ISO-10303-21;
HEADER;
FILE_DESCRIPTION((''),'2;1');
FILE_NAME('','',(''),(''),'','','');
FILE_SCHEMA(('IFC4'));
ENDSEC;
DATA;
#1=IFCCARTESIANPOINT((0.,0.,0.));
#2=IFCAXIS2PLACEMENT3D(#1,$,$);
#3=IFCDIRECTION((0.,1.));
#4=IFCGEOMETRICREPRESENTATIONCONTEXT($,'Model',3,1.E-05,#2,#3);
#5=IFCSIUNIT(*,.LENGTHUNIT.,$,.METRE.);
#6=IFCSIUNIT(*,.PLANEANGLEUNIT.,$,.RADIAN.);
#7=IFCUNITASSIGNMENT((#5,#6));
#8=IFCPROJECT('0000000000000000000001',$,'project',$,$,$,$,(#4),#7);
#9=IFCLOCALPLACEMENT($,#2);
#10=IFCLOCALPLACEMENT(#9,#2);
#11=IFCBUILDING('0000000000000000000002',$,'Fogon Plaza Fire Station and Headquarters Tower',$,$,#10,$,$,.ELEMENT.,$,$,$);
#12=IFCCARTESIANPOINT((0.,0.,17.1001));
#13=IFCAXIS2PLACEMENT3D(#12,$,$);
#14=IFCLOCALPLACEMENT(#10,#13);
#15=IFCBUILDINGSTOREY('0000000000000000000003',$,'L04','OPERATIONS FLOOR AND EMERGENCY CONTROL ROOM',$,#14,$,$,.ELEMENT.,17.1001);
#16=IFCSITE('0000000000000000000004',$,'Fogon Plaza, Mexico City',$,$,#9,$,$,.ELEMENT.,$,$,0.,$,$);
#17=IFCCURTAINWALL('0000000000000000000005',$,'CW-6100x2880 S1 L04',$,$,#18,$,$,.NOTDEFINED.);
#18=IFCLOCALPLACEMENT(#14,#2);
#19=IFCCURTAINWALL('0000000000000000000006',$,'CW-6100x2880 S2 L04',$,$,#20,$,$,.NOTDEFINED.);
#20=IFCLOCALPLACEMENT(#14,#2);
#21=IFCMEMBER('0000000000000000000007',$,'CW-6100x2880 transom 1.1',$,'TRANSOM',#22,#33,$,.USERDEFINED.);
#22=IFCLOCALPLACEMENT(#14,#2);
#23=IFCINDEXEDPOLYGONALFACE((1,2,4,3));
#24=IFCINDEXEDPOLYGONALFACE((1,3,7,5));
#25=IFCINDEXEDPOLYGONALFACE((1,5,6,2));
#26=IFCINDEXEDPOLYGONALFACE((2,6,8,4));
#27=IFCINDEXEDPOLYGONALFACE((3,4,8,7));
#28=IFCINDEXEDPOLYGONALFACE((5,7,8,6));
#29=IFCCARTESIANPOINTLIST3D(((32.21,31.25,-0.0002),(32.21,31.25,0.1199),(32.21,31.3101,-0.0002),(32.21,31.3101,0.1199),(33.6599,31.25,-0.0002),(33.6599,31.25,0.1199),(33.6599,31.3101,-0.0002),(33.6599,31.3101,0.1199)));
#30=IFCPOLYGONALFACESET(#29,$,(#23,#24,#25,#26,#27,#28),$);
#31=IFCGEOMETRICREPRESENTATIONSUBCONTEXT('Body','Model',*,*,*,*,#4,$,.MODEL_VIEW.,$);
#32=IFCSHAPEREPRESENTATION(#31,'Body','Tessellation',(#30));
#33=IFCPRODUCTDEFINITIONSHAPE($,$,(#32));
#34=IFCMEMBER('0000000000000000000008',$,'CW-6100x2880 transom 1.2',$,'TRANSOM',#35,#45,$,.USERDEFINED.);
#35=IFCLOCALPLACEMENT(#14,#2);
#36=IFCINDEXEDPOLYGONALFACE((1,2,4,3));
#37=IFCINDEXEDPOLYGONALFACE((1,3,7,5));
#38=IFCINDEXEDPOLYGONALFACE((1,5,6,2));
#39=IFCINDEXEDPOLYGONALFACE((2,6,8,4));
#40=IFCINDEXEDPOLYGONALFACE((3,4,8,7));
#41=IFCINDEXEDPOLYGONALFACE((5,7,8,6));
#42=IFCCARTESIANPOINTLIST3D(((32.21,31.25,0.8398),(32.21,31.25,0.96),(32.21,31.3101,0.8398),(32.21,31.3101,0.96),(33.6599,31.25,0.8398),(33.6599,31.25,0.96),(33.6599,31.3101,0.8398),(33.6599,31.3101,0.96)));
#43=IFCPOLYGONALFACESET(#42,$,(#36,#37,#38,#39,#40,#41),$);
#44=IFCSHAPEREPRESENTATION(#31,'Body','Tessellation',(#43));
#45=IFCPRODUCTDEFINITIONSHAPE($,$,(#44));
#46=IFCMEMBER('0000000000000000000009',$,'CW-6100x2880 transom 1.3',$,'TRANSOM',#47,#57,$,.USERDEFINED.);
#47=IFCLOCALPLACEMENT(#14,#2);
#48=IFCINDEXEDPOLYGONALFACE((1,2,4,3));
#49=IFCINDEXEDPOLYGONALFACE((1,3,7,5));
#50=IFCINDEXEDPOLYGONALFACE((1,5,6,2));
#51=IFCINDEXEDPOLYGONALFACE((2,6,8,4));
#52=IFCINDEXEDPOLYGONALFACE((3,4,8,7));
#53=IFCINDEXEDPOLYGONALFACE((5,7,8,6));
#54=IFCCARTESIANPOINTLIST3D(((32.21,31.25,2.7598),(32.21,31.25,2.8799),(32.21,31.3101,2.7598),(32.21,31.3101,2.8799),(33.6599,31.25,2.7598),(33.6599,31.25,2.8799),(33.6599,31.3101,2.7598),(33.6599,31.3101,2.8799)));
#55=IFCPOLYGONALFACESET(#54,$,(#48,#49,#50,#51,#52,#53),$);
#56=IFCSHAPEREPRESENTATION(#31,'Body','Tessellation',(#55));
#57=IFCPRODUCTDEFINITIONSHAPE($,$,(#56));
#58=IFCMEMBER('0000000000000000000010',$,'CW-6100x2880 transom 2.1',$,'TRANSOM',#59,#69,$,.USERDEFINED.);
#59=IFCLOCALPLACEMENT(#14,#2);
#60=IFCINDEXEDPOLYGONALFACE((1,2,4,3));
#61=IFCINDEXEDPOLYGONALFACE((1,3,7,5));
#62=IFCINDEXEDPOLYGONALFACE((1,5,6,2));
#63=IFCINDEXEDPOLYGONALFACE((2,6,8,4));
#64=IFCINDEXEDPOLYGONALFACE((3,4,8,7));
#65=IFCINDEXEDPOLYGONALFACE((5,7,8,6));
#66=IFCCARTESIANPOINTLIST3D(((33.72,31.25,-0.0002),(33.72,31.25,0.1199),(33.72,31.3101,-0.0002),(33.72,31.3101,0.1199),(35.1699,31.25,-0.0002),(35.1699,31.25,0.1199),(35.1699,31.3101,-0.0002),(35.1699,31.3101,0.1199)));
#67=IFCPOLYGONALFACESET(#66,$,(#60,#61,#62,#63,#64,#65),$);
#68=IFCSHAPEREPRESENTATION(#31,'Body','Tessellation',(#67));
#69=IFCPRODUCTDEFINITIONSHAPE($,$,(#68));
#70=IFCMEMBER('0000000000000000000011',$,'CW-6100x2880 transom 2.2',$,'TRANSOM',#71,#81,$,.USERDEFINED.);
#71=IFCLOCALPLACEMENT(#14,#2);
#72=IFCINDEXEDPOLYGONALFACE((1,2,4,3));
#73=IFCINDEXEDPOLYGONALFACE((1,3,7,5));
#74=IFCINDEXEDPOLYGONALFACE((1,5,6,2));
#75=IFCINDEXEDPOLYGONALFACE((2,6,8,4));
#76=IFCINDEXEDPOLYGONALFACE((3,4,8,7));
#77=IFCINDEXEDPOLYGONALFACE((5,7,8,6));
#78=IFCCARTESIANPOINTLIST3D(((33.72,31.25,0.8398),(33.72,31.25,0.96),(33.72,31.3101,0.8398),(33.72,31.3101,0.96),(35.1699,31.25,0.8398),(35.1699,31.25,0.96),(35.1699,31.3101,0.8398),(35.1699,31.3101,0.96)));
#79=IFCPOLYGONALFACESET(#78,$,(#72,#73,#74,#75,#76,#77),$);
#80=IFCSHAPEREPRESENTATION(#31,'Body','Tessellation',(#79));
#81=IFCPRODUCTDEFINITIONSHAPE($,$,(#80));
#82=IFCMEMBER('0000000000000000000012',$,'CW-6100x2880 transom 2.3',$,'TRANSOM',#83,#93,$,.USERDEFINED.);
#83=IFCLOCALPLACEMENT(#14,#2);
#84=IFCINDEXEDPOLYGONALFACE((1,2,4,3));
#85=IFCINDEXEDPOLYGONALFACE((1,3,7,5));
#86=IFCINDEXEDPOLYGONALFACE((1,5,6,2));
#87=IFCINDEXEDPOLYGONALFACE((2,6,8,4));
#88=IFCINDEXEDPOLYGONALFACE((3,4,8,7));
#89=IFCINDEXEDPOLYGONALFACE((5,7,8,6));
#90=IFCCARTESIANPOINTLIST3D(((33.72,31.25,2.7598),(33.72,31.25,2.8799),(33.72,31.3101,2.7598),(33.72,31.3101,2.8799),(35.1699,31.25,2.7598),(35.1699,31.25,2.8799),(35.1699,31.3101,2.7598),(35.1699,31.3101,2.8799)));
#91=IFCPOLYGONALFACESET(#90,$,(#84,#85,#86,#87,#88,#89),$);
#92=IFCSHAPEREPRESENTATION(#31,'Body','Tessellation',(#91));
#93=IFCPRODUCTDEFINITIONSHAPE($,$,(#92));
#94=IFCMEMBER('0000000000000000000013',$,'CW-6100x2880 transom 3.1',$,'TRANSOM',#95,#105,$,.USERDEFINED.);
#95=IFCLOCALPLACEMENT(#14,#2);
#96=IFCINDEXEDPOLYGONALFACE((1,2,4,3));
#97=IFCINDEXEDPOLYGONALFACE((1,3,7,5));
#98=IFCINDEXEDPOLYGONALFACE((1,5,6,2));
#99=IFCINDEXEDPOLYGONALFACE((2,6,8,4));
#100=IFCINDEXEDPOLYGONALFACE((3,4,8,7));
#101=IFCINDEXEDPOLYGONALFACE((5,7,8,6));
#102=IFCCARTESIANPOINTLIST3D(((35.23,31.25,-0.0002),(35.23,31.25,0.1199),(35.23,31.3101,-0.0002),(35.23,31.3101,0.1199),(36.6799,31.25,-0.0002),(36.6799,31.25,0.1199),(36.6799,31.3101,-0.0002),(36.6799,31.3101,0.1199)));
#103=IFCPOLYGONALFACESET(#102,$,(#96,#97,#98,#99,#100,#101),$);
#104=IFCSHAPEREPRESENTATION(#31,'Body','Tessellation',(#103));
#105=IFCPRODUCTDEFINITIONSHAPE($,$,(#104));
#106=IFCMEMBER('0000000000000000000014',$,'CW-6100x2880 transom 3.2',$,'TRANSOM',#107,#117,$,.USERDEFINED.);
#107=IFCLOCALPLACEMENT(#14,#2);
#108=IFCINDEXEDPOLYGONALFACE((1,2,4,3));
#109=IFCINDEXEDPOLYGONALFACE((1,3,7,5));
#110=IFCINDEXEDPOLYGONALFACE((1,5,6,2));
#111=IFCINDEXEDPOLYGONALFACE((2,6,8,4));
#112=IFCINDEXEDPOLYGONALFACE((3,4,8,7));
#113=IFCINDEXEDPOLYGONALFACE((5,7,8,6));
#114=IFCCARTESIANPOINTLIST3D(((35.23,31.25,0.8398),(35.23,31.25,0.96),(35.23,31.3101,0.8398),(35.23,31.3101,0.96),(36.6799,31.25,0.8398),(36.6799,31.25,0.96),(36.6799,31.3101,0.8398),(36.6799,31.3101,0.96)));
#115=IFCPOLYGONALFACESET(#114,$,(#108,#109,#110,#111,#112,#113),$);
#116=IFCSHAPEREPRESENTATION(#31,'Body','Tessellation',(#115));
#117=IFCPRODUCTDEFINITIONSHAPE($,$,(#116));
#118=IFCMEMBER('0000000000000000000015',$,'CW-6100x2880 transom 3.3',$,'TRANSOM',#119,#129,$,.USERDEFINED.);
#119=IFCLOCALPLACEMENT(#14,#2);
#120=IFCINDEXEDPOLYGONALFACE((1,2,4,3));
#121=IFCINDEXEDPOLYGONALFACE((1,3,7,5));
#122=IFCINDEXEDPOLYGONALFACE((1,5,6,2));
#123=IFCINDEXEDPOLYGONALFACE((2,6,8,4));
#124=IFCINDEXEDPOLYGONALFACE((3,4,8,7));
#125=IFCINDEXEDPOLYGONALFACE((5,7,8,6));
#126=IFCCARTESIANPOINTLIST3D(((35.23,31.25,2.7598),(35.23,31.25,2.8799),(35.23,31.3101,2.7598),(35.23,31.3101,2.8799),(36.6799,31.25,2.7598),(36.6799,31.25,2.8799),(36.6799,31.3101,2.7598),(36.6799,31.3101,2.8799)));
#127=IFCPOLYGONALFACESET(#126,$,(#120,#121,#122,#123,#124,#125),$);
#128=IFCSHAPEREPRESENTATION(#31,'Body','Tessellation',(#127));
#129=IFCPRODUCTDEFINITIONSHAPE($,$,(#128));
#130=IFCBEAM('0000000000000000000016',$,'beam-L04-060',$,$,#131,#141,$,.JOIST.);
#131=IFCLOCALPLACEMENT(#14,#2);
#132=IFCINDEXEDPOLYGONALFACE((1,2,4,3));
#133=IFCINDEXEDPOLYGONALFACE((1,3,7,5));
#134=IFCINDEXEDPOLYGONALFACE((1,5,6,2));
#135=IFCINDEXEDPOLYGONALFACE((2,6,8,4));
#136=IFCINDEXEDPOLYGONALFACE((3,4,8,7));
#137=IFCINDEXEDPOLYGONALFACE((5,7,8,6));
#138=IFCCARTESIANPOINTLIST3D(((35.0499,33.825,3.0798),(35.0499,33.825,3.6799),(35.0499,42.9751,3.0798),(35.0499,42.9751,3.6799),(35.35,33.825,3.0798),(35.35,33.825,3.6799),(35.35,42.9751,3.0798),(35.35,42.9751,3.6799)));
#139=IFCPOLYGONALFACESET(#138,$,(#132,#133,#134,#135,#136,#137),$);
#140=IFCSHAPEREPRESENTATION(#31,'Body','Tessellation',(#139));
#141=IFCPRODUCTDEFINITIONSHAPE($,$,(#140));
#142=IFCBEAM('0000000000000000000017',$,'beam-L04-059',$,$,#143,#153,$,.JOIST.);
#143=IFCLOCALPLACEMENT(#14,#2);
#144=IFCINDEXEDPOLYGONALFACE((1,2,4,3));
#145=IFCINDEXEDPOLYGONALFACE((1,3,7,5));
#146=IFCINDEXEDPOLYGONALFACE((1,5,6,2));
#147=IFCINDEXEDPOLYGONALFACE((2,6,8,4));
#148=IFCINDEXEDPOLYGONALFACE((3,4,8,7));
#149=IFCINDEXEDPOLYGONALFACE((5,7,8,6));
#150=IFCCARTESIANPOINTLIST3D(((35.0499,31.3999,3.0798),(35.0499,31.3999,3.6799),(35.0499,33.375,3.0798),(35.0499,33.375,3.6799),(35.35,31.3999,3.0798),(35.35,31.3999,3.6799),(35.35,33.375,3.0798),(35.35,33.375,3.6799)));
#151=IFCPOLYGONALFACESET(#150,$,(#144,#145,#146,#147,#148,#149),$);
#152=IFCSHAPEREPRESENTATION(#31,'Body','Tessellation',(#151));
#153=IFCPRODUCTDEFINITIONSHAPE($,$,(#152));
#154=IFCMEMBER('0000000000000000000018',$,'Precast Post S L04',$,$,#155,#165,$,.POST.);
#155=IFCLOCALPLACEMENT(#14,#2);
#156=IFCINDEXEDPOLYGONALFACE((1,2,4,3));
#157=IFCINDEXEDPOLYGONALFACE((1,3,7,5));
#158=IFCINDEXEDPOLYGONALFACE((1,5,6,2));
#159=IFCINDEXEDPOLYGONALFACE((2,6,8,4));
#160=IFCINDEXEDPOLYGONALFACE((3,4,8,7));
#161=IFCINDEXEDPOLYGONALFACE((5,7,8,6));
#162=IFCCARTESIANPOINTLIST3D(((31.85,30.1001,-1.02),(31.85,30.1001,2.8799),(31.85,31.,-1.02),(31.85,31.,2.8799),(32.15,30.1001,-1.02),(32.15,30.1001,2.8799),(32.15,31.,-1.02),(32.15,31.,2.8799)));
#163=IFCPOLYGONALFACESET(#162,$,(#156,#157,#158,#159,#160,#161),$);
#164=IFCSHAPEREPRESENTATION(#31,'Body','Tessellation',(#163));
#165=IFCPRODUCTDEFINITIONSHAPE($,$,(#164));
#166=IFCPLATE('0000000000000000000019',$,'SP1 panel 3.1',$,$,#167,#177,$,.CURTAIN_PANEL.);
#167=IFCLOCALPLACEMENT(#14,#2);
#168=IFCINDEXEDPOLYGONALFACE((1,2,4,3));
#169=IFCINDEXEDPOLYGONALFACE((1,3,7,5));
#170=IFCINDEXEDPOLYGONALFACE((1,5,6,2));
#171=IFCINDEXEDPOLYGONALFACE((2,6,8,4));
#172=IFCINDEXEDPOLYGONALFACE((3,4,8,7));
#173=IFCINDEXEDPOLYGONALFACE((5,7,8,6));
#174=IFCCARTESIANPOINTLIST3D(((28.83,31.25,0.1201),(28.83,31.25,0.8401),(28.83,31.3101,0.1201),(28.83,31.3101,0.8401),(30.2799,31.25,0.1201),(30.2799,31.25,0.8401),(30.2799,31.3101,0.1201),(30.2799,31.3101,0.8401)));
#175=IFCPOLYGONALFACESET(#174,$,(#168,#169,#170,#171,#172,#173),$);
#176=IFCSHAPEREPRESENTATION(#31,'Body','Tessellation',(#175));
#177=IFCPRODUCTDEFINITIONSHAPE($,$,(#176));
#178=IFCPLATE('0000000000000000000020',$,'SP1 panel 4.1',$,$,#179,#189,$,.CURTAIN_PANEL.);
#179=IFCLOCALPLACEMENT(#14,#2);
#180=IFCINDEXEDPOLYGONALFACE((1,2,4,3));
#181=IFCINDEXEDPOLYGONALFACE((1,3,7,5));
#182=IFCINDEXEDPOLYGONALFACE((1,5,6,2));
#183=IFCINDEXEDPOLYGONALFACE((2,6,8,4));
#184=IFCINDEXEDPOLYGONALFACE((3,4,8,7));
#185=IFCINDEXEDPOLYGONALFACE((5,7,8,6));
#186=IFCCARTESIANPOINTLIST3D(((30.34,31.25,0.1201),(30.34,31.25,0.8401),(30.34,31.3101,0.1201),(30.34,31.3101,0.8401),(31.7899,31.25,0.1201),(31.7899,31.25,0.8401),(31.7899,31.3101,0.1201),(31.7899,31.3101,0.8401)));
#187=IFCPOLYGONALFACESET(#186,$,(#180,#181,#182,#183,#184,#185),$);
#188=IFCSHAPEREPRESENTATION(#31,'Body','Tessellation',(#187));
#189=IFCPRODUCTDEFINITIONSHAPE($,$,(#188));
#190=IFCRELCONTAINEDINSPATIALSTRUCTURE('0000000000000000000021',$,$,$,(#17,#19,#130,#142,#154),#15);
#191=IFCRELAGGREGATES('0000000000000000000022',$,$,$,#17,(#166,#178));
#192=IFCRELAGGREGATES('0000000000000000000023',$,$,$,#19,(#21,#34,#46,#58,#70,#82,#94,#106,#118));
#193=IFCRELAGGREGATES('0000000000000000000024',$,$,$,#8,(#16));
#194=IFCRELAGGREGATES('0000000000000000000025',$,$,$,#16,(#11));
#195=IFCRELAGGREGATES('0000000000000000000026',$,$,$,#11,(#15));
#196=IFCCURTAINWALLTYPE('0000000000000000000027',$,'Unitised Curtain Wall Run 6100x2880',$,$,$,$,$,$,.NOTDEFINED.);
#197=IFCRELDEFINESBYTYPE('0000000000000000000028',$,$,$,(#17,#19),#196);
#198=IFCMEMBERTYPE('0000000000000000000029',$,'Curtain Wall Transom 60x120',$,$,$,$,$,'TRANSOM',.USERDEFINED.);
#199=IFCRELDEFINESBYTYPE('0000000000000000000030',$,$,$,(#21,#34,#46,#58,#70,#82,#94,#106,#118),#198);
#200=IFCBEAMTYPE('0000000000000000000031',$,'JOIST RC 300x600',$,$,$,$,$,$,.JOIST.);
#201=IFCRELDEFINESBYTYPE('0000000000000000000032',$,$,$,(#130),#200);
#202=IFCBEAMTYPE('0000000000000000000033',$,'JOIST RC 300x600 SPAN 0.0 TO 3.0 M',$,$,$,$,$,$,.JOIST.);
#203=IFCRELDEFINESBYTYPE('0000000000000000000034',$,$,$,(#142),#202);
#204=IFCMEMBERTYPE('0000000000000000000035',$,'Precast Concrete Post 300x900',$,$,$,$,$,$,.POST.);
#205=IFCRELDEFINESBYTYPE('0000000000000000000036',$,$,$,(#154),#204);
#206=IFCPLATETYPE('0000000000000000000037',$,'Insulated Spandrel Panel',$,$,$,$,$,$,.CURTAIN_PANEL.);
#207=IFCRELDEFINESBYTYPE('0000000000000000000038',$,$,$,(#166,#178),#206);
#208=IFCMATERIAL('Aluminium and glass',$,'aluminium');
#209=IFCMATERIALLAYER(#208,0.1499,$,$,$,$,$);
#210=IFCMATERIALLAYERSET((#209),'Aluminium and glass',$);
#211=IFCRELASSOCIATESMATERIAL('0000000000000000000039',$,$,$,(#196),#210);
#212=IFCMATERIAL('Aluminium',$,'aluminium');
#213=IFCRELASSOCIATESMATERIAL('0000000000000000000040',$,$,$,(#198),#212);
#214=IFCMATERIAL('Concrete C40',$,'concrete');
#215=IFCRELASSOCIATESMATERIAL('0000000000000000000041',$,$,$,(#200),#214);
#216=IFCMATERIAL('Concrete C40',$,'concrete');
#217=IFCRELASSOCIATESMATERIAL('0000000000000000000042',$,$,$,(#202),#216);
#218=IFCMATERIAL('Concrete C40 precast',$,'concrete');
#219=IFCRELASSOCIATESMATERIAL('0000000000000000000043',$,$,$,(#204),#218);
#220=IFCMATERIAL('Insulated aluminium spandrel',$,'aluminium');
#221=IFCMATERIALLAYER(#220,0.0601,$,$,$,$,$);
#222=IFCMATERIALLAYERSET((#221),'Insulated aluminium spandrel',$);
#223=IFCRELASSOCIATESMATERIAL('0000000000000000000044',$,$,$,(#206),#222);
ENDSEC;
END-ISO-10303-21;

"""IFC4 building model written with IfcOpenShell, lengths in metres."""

from ifc_helpers import new_model, si_unit, direction, frame, origin, origin_2d, place, context, subcontext, project, spatial, rectangle, extrude, material, layer, layer_set, material_profile, profile_set, type_object, element, aggregate, save


model = new_model("IFC4")

# Units and contexts
model_context = context("Model", 3, precision=1e-05, world=origin(), true_north=direction((0.0, 1.0)))
body_context = subcontext(model_context, "Body", "Model", "MODEL_VIEW")
ifc_project = project(units=[si_unit("LENGTHUNIT", "METRE"), si_unit("PLANEANGLEUNIT", "RADIAN")], contexts=[model_context])

# Site, building, storey
site_placement = place(None, origin())
site = spatial("IfcSite", under=ifc_project, at=site_placement, Name="Fogon Plaza, Mexico City", CompositionType="ELEMENT", RefElevation=0.0)
building_placement = place(site_placement, origin())
building = spatial("IfcBuilding", under=site, at=building_placement, Name="Fogon Plaza Fire Station and Headquarters Tower", CompositionType="ELEMENT")
storey_placement = place(building_placement, frame((0.0, 0.0, 17.1001)))
storey = spatial("IfcBuildingStorey", under=building, at=storey_placement, Name="L04", Description="OPERATIONS FLOOR AND EMERGENCY CONTROL ROOM", CompositionType="ELEMENT", Elevation=17.1001)

# Curtain walls
ifc_material_1 = material(Name="Aluminium and glass", Category="aluminium")
ifc_layer_1 = layer(ifc_material_1, 0.1499)
ifc_layer_set_1 = layer_set([ifc_layer_1], Name="Aluminium and glass")
curtain_wall_type = type_object("IfcCurtainWallType", Name="Unitised Curtain Wall Run 6100x2880", PredefinedType="NOTDEFINED", material=ifc_layer_set_1)
curtain_wall_1_placement = place(storey_placement, origin())
curtain_wall_1 = element("IfcCurtainWall", 1, at=curtain_wall_1_placement, inside=storey, type_object=curtain_wall_type, Name="CW-6100x2880 S1 L04", PredefinedType="NOTDEFINED")
curtain_wall_2_placement = place(storey_placement, origin())
curtain_wall_2 = element("IfcCurtainWall", 2, at=curtain_wall_2_placement, inside=storey, type_object=curtain_wall_type, Name="CW-6100x2880 S2 L04", PredefinedType="NOTDEFINED")

# Members
ifc_material_2 = material(Name="Aluminium", Category="aluminium")
ifc_material_profile_1 = material_profile(ifc_material_2, rectangle(XDim=0.0601, YDim=0.1201, at=origin_2d()), Name="Curtain Wall Transom 60x120")
ifc_profile_set_1 = profile_set([ifc_material_profile_1], Name="Aluminium")
member_type_1 = type_object("IfcMemberType", Name="Curtain Wall Transom 60x120", ElementType="TRANSOM", PredefinedType="USERDEFINED", material=ifc_profile_set_1)
member_1_placement = place(storey_placement, frame((32.21, 31.28, 0.0598), z_axis=(1.0, 0.0, 0.0), x_axis=(0.0, 1.0, 0.0)))
member_1 = element("IfcMember", 3, at=member_1_placement, type_object=member_type_1, Name="CW-6100x2880 transom 1.1", ObjectType="TRANSOM", PredefinedType="USERDEFINED", context=body_context, shape_type="SweptSolid", body=[
    extrude(rectangle(XDim=0.0601, YDim=0.1201, at=origin_2d()), origin(), (0.0, 0.0, 1.0), 1.45),
])
member_2_placement = place(storey_placement, frame((32.21, 31.28, 0.8999), z_axis=(1.0, 0.0, 0.0), x_axis=(0.0, 1.0, 0.0)))
member_2 = element("IfcMember", 4, at=member_2_placement, type_object=member_type_1, Name="CW-6100x2880 transom 1.2", ObjectType="TRANSOM", PredefinedType="USERDEFINED", context=body_context, shape_type="SweptSolid", body=[
    extrude(rectangle(XDim=0.0601, YDim=0.1201, at=origin_2d()), origin(), (0.0, 0.0, 1.0), 1.45),
])
member_3_placement = place(storey_placement, frame((32.21, 31.28, 2.8198), z_axis=(1.0, 0.0, 0.0), x_axis=(0.0, 1.0, 0.0)))
member_3 = element("IfcMember", 5, at=member_3_placement, type_object=member_type_1, Name="CW-6100x2880 transom 1.3", ObjectType="TRANSOM", PredefinedType="USERDEFINED", context=body_context, shape_type="SweptSolid", body=[
    extrude(rectangle(XDim=0.0601, YDim=0.1201, at=origin_2d()), origin(), (0.0, 0.0, 1.0), 1.45),
])
member_4_placement = place(storey_placement, frame((33.72, 31.28, 0.0598), z_axis=(1.0, 0.0, 0.0), x_axis=(0.0, 1.0, 0.0)))
member_4 = element("IfcMember", 6, at=member_4_placement, type_object=member_type_1, Name="CW-6100x2880 transom 2.1", ObjectType="TRANSOM", PredefinedType="USERDEFINED", context=body_context, shape_type="SweptSolid", body=[
    extrude(rectangle(XDim=0.0601, YDim=0.1201, at=origin_2d()), origin(), (0.0, 0.0, 1.0), 1.45),
])
member_5_placement = place(storey_placement, frame((33.72, 31.28, 0.8999), z_axis=(1.0, 0.0, 0.0), x_axis=(0.0, 1.0, 0.0)))
member_5 = element("IfcMember", 7, at=member_5_placement, type_object=member_type_1, Name="CW-6100x2880 transom 2.2", ObjectType="TRANSOM", PredefinedType="USERDEFINED", context=body_context, shape_type="SweptSolid", body=[
    extrude(rectangle(XDim=0.0601, YDim=0.1201, at=origin_2d()), origin(), (0.0, 0.0, 1.0), 1.45),
])
member_6_placement = place(storey_placement, frame((33.72, 31.28, 2.8198), z_axis=(1.0, 0.0, 0.0), x_axis=(0.0, 1.0, 0.0)))
member_6 = element("IfcMember", 8, at=member_6_placement, type_object=member_type_1, Name="CW-6100x2880 transom 2.3", ObjectType="TRANSOM", PredefinedType="USERDEFINED", context=body_context, shape_type="SweptSolid", body=[
    extrude(rectangle(XDim=0.0601, YDim=0.1201, at=origin_2d()), origin(), (0.0, 0.0, 1.0), 1.45),
])
member_7_placement = place(storey_placement, frame((35.23, 31.28, 0.0598), z_axis=(1.0, 0.0, 0.0), x_axis=(0.0, 1.0, 0.0)))
member_7 = element("IfcMember", 9, at=member_7_placement, type_object=member_type_1, Name="CW-6100x2880 transom 3.1", ObjectType="TRANSOM", PredefinedType="USERDEFINED", context=body_context, shape_type="SweptSolid", body=[
    extrude(rectangle(XDim=0.0601, YDim=0.1201, at=origin_2d()), origin(), (0.0, 0.0, 1.0), 1.45),
])
member_8_placement = place(storey_placement, frame((35.23, 31.28, 0.8999), z_axis=(1.0, 0.0, 0.0), x_axis=(0.0, 1.0, 0.0)))
member_8 = element("IfcMember", 10, at=member_8_placement, type_object=member_type_1, Name="CW-6100x2880 transom 3.2", ObjectType="TRANSOM", PredefinedType="USERDEFINED", context=body_context, shape_type="SweptSolid", body=[
    extrude(rectangle(XDim=0.0601, YDim=0.1201, at=origin_2d()), origin(), (0.0, 0.0, 1.0), 1.45),
])
member_9_placement = place(storey_placement, frame((35.23, 31.28, 2.8198), z_axis=(1.0, 0.0, 0.0), x_axis=(0.0, 1.0, 0.0)))
member_9 = element("IfcMember", 11, at=member_9_placement, type_object=member_type_1, Name="CW-6100x2880 transom 3.3", ObjectType="TRANSOM", PredefinedType="USERDEFINED", context=body_context, shape_type="SweptSolid", body=[
    extrude(rectangle(XDim=0.0601, YDim=0.1201, at=origin_2d()), origin(), (0.0, 0.0, 1.0), 1.45),
])

# Beams
ifc_material_3 = material(Name="Concrete C40", Category="concrete")
ifc_material_profile_2 = material_profile(ifc_material_3, rectangle(XDim=0.3, YDim=0.6001, at=origin_2d()), Name="RC 300x600")
ifc_profile_set_2 = profile_set([ifc_material_profile_2], Name="Concrete C40")
beam_type_1 = type_object("IfcBeamType", Name="JOIST RC 300x600", PredefinedType="JOIST", material=ifc_profile_set_2)
beam_1_placement = place(storey_placement, frame((35.2, 33.825, 3.3799), z_axis=(0.0, 1.0, 0.0), x_axis=(-1.0, 0.0, 0.0)))
element("IfcBeam", 12, at=beam_1_placement, inside=storey, type_object=beam_type_1, Name="beam-L04-060", PredefinedType="JOIST", context=body_context, shape_type="SweptSolid", body=[
    extrude(rectangle(XDim=0.3, YDim=0.6001, at=origin_2d()), origin(), (0.0, 0.0, 1.0), 9.1501),
])
ifc_material_4 = material(Name="Concrete C40", Category="concrete")
ifc_material_profile_3 = material_profile(ifc_material_4, rectangle(XDim=0.3, YDim=0.6001, at=origin_2d()), Name="RC 300x600")
ifc_profile_set_3 = profile_set([ifc_material_profile_3], Name="Concrete C40")
beam_type_2 = type_object("IfcBeamType", Name="JOIST RC 300x600 SPAN 0.0 TO 3.0 M", PredefinedType="JOIST", material=ifc_profile_set_3)
beam_2_placement = place(storey_placement, frame((35.2, 31.3999, 3.3799), z_axis=(0.0, 1.0, 0.0), x_axis=(-1.0, 0.0, 0.0)))
element("IfcBeam", 13, at=beam_2_placement, inside=storey, type_object=beam_type_2, Name="beam-L04-059", PredefinedType="JOIST", context=body_context, shape_type="SweptSolid", body=[
    extrude(rectangle(XDim=0.3, YDim=0.6001, at=origin_2d()), origin(), (0.0, 0.0, 1.0), 1.9751),
])

# Member
ifc_material_5 = material(Name="Concrete C40 precast", Category="concrete")
ifc_material_profile_4 = material_profile(ifc_material_5, rectangle(XDim=0.3, YDim=0.8999, at=origin_2d()), Name="Precast Concrete Post 300x900")
ifc_profile_set_4 = profile_set([ifc_material_profile_4], Name="Concrete C40 precast")
member_type_2 = type_object("IfcMemberType", Name="Precast Concrete Post 300x900", PredefinedType="POST", material=ifc_profile_set_4)
member_10_placement = place(storey_placement, frame((32.0, 30.55, -1.02), z_axis=(0.0, 0.0, 1.0), x_axis=(1.0, 0.0, 0.0)))
element("IfcMember", 14, at=member_10_placement, inside=storey, type_object=member_type_2, Name="Precast Post S L04", PredefinedType="POST", context=body_context, shape_type="SweptSolid", body=[
    extrude(rectangle(XDim=0.3, YDim=0.8999, at=origin_2d()), origin(), (0.0, 0.0, 1.0), 3.8999),
])

# Plates
ifc_material_6 = material(Name="Insulated aluminium spandrel", Category="aluminium")
ifc_layer_2 = layer(ifc_material_6, 0.0601)
ifc_layer_set_2 = layer_set([ifc_layer_2], Name="Insulated aluminium spandrel")
plate_type_1 = type_object("IfcPlateType", Name="Insulated Spandrel Panel", PredefinedType="CURTAIN_PANEL", material=ifc_layer_set_2)
plate_1_placement = place(storey_placement, frame((29.5549, 31.28, 0.1201), z_axis=(0.0, 0.0, 1.0), x_axis=(1.0, 0.0, 0.0)))
plate_1 = element("IfcPlate", 15, at=plate_1_placement, type_object=plate_type_1, Name="SP1 panel 3.1", PredefinedType="CURTAIN_PANEL", context=body_context, shape_type="SweptSolid", body=[
    extrude(rectangle(XDim=1.45, YDim=0.0601, at=origin_2d()), origin(), (0.0, 0.0, 1.0), 0.72),
])
plate_2_placement = place(storey_placement, frame((31.0649, 31.28, 0.1201), z_axis=(0.0, 0.0, 1.0), x_axis=(1.0, 0.0, 0.0)))
plate_2 = element("IfcPlate", 16, at=plate_2_placement, type_object=plate_type_1, Name="SP1 panel 4.1", PredefinedType="CURTAIN_PANEL", context=body_context, shape_type="SweptSolid", body=[
    extrude(rectangle(XDim=1.45, YDim=0.0601, at=origin_2d()), origin(), (0.0, 0.0, 1.0), 0.72),
])
aggregate(curtain_wall_1, [plate_1, plate_2])
aggregate(curtain_wall_2, [member_1, member_2, member_3, member_4, member_5, member_6, member_7, member_8, member_9])

save(model, "model.ifc")
